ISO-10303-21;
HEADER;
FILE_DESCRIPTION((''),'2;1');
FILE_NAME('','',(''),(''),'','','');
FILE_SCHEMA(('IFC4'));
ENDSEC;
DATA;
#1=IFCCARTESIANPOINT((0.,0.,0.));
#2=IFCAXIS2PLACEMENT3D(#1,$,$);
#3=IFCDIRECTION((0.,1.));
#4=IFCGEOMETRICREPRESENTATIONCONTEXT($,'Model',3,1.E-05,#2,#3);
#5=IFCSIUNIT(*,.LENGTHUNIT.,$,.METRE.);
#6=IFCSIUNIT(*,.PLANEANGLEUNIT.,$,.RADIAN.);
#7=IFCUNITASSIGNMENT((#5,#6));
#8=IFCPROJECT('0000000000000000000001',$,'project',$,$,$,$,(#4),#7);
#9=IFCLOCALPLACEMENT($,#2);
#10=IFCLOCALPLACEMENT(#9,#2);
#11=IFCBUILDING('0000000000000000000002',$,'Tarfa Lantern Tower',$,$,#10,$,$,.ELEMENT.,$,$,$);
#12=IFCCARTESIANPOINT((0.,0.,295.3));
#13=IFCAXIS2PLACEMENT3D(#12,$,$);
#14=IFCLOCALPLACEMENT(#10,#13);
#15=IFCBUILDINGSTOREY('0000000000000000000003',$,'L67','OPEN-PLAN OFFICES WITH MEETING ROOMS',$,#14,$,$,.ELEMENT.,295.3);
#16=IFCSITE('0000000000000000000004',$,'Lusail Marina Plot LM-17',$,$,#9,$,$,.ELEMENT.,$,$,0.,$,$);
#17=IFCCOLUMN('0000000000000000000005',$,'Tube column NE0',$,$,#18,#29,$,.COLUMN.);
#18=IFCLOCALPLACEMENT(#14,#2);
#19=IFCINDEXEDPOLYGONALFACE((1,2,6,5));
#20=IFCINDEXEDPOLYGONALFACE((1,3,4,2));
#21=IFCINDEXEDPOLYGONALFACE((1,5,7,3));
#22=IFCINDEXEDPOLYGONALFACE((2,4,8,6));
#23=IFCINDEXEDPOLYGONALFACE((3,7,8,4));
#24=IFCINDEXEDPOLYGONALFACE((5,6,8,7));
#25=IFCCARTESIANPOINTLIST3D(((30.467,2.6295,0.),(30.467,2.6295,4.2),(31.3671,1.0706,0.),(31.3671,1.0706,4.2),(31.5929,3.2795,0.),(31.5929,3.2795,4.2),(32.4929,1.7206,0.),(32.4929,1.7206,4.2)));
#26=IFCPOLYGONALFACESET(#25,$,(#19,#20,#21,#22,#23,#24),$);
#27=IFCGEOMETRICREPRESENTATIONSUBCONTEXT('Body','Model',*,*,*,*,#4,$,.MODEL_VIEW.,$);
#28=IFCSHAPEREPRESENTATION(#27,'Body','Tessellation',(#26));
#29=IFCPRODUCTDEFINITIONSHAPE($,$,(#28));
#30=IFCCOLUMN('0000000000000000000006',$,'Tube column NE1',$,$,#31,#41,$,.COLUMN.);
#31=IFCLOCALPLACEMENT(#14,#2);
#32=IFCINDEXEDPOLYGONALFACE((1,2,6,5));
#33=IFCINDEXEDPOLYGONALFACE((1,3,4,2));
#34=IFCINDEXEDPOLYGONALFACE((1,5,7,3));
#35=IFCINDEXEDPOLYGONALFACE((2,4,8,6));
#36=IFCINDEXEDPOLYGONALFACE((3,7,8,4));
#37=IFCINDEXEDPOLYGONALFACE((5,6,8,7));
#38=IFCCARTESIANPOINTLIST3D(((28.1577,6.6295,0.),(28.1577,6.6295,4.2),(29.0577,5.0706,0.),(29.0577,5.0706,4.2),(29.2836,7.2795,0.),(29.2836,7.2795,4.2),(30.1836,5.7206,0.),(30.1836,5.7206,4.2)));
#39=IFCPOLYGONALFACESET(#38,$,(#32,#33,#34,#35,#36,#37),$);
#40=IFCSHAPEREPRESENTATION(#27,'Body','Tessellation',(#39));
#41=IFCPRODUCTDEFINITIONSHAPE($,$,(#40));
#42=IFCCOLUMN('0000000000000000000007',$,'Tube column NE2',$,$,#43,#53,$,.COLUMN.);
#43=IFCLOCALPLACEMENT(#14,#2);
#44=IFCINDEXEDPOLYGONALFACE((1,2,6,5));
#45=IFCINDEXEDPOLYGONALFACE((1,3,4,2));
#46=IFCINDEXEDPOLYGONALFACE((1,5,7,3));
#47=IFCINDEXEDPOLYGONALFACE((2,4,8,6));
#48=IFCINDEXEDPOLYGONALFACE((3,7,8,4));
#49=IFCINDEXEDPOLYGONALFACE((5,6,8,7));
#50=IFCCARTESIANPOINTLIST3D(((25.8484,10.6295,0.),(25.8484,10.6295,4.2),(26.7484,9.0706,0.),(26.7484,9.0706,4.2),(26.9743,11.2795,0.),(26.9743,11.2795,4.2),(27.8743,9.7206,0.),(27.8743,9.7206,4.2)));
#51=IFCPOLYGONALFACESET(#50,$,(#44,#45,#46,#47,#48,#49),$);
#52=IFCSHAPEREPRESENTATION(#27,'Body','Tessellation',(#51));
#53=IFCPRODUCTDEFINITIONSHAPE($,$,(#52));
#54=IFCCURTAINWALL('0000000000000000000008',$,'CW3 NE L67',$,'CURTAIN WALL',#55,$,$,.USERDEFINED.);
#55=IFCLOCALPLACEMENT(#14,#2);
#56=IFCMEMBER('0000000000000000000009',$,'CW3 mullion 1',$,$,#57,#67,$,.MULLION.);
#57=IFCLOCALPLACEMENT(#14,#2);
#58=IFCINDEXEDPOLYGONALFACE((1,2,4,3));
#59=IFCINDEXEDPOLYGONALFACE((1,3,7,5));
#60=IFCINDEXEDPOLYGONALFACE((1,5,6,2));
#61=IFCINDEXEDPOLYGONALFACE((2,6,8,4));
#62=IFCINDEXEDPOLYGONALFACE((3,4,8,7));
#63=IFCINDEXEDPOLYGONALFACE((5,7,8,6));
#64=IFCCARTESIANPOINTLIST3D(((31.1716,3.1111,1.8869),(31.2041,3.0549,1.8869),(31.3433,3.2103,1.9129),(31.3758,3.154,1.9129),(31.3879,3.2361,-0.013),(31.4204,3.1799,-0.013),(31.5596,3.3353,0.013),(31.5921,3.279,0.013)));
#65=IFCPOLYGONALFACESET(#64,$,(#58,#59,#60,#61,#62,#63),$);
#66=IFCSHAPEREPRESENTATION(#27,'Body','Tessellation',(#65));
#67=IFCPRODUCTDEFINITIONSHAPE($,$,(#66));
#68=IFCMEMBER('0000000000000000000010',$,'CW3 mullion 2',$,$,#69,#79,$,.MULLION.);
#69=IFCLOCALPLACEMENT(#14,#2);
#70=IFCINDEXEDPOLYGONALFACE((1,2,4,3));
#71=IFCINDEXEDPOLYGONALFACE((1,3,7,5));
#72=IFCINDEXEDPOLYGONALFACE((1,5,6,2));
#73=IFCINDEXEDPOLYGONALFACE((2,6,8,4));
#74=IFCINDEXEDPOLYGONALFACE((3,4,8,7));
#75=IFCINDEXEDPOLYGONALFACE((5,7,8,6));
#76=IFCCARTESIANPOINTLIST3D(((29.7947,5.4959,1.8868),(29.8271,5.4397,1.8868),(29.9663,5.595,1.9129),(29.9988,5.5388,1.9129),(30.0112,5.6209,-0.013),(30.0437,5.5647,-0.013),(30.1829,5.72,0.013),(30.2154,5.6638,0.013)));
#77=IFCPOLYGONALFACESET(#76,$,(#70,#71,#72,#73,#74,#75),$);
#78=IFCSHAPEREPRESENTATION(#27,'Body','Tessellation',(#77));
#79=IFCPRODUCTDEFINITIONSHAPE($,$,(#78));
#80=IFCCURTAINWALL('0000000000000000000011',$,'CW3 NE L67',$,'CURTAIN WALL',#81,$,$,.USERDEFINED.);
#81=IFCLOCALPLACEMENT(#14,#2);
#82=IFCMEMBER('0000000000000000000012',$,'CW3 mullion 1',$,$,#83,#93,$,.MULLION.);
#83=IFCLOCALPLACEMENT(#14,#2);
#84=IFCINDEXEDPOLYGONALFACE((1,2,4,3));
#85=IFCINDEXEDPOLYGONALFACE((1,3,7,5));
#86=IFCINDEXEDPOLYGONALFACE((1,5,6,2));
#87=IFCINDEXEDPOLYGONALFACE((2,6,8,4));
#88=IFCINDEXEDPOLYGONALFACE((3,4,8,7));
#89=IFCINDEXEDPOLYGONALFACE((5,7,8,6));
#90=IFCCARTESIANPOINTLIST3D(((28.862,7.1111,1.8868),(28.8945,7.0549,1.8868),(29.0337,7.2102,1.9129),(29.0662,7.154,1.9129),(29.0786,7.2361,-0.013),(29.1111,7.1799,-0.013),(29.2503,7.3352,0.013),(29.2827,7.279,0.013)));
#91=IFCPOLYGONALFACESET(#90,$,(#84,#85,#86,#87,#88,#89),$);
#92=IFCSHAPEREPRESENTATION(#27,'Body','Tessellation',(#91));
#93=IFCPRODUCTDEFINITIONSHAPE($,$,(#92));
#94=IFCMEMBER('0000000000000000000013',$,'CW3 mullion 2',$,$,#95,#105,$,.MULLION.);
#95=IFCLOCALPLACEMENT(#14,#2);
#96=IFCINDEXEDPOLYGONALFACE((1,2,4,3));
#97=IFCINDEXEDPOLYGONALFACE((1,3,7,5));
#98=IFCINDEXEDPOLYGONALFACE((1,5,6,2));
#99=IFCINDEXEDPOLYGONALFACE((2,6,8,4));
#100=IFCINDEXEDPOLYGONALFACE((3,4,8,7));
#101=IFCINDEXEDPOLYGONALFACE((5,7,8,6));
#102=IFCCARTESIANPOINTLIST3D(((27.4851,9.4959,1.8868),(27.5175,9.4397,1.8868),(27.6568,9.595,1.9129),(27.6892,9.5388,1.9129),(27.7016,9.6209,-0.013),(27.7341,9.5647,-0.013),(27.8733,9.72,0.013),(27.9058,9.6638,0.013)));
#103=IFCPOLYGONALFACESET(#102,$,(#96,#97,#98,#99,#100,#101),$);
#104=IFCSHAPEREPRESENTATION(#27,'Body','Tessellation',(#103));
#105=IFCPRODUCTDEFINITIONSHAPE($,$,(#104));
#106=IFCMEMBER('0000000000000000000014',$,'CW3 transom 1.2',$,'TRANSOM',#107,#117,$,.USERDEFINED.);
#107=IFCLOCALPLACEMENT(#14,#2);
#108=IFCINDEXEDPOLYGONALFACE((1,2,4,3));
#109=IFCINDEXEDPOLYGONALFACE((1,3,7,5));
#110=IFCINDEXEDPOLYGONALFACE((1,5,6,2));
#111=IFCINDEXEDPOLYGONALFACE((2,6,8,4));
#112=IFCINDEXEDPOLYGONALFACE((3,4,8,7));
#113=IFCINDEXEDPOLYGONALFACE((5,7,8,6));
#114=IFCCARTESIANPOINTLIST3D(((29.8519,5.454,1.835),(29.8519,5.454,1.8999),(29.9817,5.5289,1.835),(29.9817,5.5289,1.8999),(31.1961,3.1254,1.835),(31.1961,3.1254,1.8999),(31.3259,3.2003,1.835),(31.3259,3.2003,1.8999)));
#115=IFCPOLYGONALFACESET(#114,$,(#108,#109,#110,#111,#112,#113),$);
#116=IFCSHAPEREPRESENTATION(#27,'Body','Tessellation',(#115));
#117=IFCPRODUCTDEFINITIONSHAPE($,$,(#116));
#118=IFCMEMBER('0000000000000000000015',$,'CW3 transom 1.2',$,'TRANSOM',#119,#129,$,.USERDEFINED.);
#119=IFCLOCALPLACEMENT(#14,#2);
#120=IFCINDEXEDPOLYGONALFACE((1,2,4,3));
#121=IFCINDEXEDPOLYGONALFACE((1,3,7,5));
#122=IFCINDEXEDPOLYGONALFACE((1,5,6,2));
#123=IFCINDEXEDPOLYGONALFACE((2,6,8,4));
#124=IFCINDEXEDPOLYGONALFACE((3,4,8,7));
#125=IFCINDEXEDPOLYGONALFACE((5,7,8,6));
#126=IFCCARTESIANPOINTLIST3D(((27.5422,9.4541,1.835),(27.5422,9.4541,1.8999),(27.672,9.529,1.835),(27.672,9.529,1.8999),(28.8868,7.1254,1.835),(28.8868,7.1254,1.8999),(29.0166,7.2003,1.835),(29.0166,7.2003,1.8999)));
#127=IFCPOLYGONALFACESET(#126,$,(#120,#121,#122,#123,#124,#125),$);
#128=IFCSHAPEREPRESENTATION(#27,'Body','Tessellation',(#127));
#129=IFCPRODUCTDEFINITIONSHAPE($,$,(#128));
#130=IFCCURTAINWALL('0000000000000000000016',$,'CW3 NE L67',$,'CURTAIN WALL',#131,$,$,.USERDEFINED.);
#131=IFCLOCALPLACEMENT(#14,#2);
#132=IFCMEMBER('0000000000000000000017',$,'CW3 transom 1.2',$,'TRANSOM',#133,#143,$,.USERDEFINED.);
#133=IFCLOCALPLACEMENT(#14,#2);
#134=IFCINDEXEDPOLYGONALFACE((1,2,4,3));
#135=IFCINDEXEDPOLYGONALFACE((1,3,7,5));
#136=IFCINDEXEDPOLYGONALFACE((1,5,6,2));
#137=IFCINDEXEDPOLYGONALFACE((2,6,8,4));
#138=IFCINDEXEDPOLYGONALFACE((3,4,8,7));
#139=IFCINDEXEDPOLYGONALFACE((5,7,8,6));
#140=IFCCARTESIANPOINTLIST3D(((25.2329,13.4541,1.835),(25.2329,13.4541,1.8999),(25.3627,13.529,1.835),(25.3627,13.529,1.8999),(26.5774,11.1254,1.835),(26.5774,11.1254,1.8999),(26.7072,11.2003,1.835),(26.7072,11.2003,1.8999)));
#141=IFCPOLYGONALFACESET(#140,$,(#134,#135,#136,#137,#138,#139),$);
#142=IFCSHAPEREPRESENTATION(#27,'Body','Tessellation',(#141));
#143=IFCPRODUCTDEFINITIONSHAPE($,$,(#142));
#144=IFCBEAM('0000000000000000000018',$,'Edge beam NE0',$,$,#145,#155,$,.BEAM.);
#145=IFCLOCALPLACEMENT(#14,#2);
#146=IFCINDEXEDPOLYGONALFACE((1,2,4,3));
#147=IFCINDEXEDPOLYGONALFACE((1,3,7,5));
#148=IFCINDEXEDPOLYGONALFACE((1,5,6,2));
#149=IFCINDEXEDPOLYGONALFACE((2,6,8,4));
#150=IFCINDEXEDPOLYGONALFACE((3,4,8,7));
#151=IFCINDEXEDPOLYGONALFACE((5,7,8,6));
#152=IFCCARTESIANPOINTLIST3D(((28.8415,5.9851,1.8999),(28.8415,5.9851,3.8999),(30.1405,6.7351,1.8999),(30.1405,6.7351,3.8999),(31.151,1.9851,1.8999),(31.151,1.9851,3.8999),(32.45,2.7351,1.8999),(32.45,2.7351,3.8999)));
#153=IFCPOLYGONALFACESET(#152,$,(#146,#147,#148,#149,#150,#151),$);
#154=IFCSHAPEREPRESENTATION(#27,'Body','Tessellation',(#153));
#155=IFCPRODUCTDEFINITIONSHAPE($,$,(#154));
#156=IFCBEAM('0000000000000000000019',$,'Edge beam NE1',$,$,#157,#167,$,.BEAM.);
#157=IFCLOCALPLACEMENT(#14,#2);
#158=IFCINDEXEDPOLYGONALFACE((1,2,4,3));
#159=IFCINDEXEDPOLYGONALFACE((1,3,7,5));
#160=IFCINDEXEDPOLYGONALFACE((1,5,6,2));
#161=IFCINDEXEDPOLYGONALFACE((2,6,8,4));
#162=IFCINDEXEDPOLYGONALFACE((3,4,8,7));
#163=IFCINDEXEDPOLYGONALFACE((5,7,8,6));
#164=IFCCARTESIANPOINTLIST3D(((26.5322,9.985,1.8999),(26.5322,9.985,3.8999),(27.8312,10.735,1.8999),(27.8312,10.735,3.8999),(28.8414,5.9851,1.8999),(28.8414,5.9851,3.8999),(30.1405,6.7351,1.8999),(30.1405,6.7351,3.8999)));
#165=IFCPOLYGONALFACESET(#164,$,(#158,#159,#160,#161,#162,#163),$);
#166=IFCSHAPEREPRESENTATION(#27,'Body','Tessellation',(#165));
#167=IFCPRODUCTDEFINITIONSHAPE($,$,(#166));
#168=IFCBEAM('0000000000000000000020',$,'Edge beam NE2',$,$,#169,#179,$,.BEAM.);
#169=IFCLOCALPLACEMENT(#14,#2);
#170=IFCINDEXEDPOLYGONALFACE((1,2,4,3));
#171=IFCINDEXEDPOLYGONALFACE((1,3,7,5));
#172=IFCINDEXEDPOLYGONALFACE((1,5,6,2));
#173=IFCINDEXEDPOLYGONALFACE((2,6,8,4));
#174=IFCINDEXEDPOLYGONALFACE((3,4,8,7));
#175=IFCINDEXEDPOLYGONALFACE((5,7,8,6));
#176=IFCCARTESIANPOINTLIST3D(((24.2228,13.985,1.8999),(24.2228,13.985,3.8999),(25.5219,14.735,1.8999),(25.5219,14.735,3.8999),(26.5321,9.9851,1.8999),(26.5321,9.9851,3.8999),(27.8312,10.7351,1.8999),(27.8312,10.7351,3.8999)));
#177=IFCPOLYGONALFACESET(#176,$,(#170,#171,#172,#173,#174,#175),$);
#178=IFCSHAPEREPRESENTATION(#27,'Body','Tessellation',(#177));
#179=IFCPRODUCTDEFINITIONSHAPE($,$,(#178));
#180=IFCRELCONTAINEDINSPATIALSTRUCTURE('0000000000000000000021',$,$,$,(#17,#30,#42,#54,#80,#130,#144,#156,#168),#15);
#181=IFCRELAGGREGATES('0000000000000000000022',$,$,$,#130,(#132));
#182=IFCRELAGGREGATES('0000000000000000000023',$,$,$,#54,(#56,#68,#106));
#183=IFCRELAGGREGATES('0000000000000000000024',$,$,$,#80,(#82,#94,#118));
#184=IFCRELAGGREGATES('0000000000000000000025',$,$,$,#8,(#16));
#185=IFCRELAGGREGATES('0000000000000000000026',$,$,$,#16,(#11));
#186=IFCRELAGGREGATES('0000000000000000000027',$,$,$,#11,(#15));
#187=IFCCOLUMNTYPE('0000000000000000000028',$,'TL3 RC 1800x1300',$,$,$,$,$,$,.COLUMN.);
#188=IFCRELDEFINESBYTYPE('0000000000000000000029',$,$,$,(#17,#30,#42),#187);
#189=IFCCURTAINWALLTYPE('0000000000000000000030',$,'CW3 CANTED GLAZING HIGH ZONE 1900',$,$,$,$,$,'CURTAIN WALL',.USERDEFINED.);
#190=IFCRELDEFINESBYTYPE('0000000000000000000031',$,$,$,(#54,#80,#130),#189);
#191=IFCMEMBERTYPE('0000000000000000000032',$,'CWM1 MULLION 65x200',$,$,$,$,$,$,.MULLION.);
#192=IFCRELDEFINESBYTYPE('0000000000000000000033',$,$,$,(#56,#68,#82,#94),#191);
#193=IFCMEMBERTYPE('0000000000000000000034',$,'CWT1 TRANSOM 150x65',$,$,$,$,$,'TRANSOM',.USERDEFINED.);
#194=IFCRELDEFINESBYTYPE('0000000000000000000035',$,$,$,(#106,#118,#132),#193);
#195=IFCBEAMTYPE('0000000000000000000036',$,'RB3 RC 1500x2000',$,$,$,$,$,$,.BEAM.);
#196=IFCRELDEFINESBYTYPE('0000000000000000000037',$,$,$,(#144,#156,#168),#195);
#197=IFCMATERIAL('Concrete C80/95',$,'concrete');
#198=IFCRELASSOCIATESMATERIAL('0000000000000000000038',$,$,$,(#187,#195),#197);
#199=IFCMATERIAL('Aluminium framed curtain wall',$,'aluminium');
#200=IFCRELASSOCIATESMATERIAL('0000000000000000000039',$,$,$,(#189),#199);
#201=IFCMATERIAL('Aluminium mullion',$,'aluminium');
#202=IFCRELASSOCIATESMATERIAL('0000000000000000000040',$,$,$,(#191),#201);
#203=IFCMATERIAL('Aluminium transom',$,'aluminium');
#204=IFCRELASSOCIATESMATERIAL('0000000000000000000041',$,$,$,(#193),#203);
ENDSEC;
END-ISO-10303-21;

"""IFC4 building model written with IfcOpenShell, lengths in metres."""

from ifc_helpers import new_model, si_unit, direction, frame, origin, origin_2d, place, context, subcontext, project, spatial, rectangle, extrude, material, material_profile, profile_set, type_object, element, aggregate, save


model = new_model("IFC4")

# Units and contexts
model_context = context("Model", 3, precision=1e-05, world=origin(), true_north=direction((0.0, 1.0)))
body_context = subcontext(model_context, "Body", "Model", "MODEL_VIEW")
ifc_project = project(units=[si_unit("LENGTHUNIT", "METRE"), si_unit("PLANEANGLEUNIT", "RADIAN")], contexts=[model_context])

# Site, building, storey
site_placement = place(None, origin())
site = spatial("IfcSite", under=ifc_project, at=site_placement, Name="Lusail Marina Plot LM-17", CompositionType="ELEMENT", RefElevation=0.0)
building_placement = place(site_placement, origin())
building = spatial("IfcBuilding", under=site, at=building_placement, Name="Tarfa Lantern Tower", CompositionType="ELEMENT")
storey_placement = place(building_placement, frame((0.0, 0.0, 295.3)))
storey = spatial("IfcBuildingStorey", under=building, at=storey_placement, Name="L67", Description="OPEN-PLAN OFFICES WITH MEETING ROOMS", CompositionType="ELEMENT", Elevation=295.3)

# Columns
ifc_material_1 = material(Name="Concrete C80/95", Category="concrete")
ifc_material_profile_1 = material_profile(ifc_material_1, rectangle(XDim=1.8, YDim=1.3, at=origin_2d()), Name="RC 1800x1300")
ifc_profile_set_1 = profile_set([ifc_material_profile_1], Name="Concrete C80/95")
column_type = type_object("IfcColumnType", Name="TL3 RC 1800x1300", PredefinedType="COLUMN", material=ifc_profile_set_1)
for number, where, z_axis, x_axis, name in (
    (1, (31.48, 2.175, 0.0), (0.0, 0.0, 1.0), (-0.5, 0.866025, 0.0), "Tube column NE0"),
    (2, (29.1707, 6.175, 0.0), (0.0, 0.0, 1.0), (-0.5, 0.866025, 0.0), "Tube column NE1"),
    (3, (26.8613, 10.175, 0.0), (0.0, 0.0, 1.0), (-0.5, 0.866025, 0.0), "Tube column NE2"),
):
    element("IfcColumn", number, at=place(storey_placement, frame(where, z_axis=z_axis, x_axis=x_axis)), inside=storey, type_object=column_type, Name=name, PredefinedType="COLUMN", context=body_context, shape_type="SweptSolid", body=[
        extrude(rectangle(XDim=1.8, YDim=1.3, at=origin_2d()), origin(), (0.0, 0.0, 1.0), 4.2),
    ])

# Curtain walls, members
ifc_material_2 = material(Name="Aluminium framed curtain wall", Category="aluminium")
curtain_wall_type = type_object("IfcCurtainWallType", Name="CW3 CANTED GLAZING HIGH ZONE 1900", ElementType="CURTAIN WALL", PredefinedType="USERDEFINED", material=ifc_material_2)
curtain_wall_1_placement = place(storey_placement, origin())
curtain_wall_1 = element("IfcCurtainWall", 4, at=curtain_wall_1_placement, inside=storey, type_object=curtain_wall_type, Name="CW3 NE L67", ObjectType="CURTAIN WALL", PredefinedType="USERDEFINED")
ifc_material_3 = material(Name="Aluminium mullion", Category="aluminium")
ifc_material_profile_2 = material_profile(ifc_material_3, rectangle(XDim=0.0649, YDim=0.2, at=origin_2d()), Name="AL MULLION 65x200")
ifc_profile_set_2 = profile_set([ifc_material_profile_2], Name="Aluminium mullion")
member_type_1 = type_object("IfcMemberType", Name="CWM1 MULLION 65x200", PredefinedType="MULLION", material=ifc_profile_set_2)
member_1_placement = place(storey_placement, frame((31.49, 3.2576, 0.0), z_axis=(-0.112881, -0.065231, 0.991465), x_axis=(0.500343, -0.865827, 0.0)))
member_1 = element("IfcMember", 5, at=member_1_placement, type_object=member_type_1, Name="CW3 mullion 1", PredefinedType="MULLION", context=body_context, shape_type="SweptSolid", body=[
    extrude(rectangle(XDim=0.0649, YDim=0.2, at=origin_2d()), origin(), (0.0, 0.0, 1.0), 1.9163),
])
member_2_placement = place(storey_placement, frame((30.1133, 5.6423, 0.0), z_axis=(-0.113007, -0.06523, 0.991451), x_axis=(0.49992, -0.866072, 0.0)))
member_2 = element("IfcMember", 6, at=member_2_placement, type_object=member_type_1, Name="CW3 mullion 2", PredefinedType="MULLION", context=body_context, shape_type="SweptSolid", body=[
    extrude(rectangle(XDim=0.0649, YDim=0.2, at=origin_2d()), origin(), (0.0, 0.0, 1.0), 1.9163),
])
curtain_wall_2_placement = place(storey_placement, origin())
curtain_wall_2 = element("IfcCurtainWall", 7, at=curtain_wall_2_placement, inside=storey, type_object=curtain_wall_type, Name="CW3 NE L67", ObjectType="CURTAIN WALL", PredefinedType="USERDEFINED")
member_3_placement = place(storey_placement, frame((29.1807, 7.2576, 0.0), z_axis=(-0.113007, -0.06523, 0.991451), x_axis=(0.49992, -0.866072, 0.0)))
member_3 = element("IfcMember", 8, at=member_3_placement, type_object=member_type_1, Name="CW3 mullion 1", PredefinedType="MULLION", context=body_context, shape_type="SweptSolid", body=[
    extrude(rectangle(XDim=0.0649, YDim=0.2, at=origin_2d()), origin(), (0.0, 0.0, 1.0), 1.9163),
])
member_4_placement = place(storey_placement, frame((27.8037, 9.6423, 0.0), z_axis=(-0.113007, -0.06523, 0.991451), x_axis=(0.49992, -0.866072, 0.0)))
member_4 = element("IfcMember", 9, at=member_4_placement, type_object=member_type_1, Name="CW3 mullion 2", PredefinedType="MULLION", context=body_context, shape_type="SweptSolid", body=[
    extrude(rectangle(XDim=0.0649, YDim=0.2, at=origin_2d()), origin(), (0.0, 0.0, 1.0), 1.9163),
])

# Members
ifc_material_4 = material(Name="Aluminium transom", Category="aluminium")
ifc_material_profile_3 = material_profile(ifc_material_4, rectangle(XDim=0.1499, YDim=0.0649, at=origin_2d()), Name="AL TRANSOM 150x65")
ifc_profile_set_3 = profile_set([ifc_material_profile_3], Name="Aluminium transom")
member_type_2 = type_object("IfcMemberType", Name="CWT1 TRANSOM 150x65", ElementType="TRANSOM", PredefinedType="USERDEFINED", material=ifc_profile_set_3)
member_5_placement = place(storey_placement, frame((31.261, 3.1628, 1.8674), z_axis=(-0.499948, 0.866056, 0.0), x_axis=(-0.866056, -0.499948, 0.0)))
member_5 = element("IfcMember", 10, at=member_5_placement, type_object=member_type_2, Name="CW3 transom 1.2", ObjectType="TRANSOM", PredefinedType="USERDEFINED", context=body_context, shape_type="SweptSolid", body=[
    extrude(rectangle(XDim=0.1499, YDim=0.0649, at=origin_2d()), origin(), (0.0, 0.0, 1.0), 2.6887),
])
member_6_placement = place(storey_placement, frame((28.9517, 7.1628, 1.8674), z_axis=(-0.500016, 0.866016, 0.0), x_axis=(-0.866016, -0.500016, 0.0)))
member_6 = element("IfcMember", 11, at=member_6_placement, type_object=member_type_2, Name="CW3 transom 1.2", ObjectType="TRANSOM", PredefinedType="USERDEFINED", context=body_context, shape_type="SweptSolid", body=[
    extrude(rectangle(XDim=0.1499, YDim=0.0649, at=origin_2d()), origin(), (0.0, 0.0, 1.0), 2.689),
])

# Curtain wall, member
curtain_wall_3_placement = place(storey_placement, origin())
curtain_wall_3 = element("IfcCurtainWall", 12, at=curtain_wall_3_placement, inside=storey, type_object=curtain_wall_type, Name="CW3 NE L67", ObjectType="CURTAIN WALL", PredefinedType="USERDEFINED")
member_7_placement = place(storey_placement, frame((26.6423, 11.1628, 1.8674), z_axis=(-0.500016, 0.866016, 0.0), x_axis=(-0.866016, -0.500016, 0.0)))
member_7 = element("IfcMember", 13, at=member_7_placement, type_object=member_type_2, Name="CW3 transom 1.2", ObjectType="TRANSOM", PredefinedType="USERDEFINED", context=body_context, shape_type="SweptSolid", body=[
    extrude(rectangle(XDim=0.1499, YDim=0.0649, at=origin_2d()), origin(), (0.0, 0.0, 1.0), 2.689),
])
aggregate(curtain_wall_3, [member_7])

# Beams
ifc_material_profile_4 = material_profile(ifc_material_1, rectangle(XDim=1.5, YDim=2.0, at=origin_2d()), Name="RC 1500x2000")
ifc_profile_set_4 = profile_set([ifc_material_profile_4], Name="Concrete C80/95")
beam_type_1 = type_object("IfcBeamType", Name="RB3 RC 1500x2000", PredefinedType="BEAM", material=ifc_profile_set_4)
beam_1_placement = place(storey_placement, frame((31.8005, 2.3601, 2.8999), z_axis=(-0.500027, 0.86601, 0.0), x_axis=(-0.86601, -0.500027, 0.0)))
element("IfcBeam", 14, at=beam_1_placement, inside=storey, type_object=beam_type_1, Name="Edge beam NE0", PredefinedType="BEAM", context=body_context, shape_type="SweptSolid", body=[
    extrude(rectangle(XDim=1.5, YDim=2.0, at=origin_2d()), origin(), (0.0, 0.0, 1.0), 4.6189),
])
for number, where, z_axis, x_axis, name in (
    (15, (29.491, 6.3601, 2.8999), (-0.499988, 0.866032, 0.0), (-0.866032, -0.499988, 0.0), "Edge beam NE1"),
    (16, (27.1816, 10.3601, 2.8999), (-0.499988, 0.866032, 0.0), (-0.866032, -0.499988, 0.0), "Edge beam NE2"),
):
    element("IfcBeam", number, at=place(storey_placement, frame(where, z_axis=z_axis, x_axis=x_axis)), inside=storey, type_object=beam_type_1, Name=name, PredefinedType="BEAM", context=body_context, shape_type="SweptSolid", body=[
        extrude(rectangle(XDim=1.5, YDim=2.0, at=origin_2d()), origin(), (0.0, 0.0, 1.0), 4.6187),
    ])

aggregate(curtain_wall_1, [member_1, member_2, member_5])
aggregate(curtain_wall_2, [member_3, member_4, member_6])

save(model, "model.ifc")
